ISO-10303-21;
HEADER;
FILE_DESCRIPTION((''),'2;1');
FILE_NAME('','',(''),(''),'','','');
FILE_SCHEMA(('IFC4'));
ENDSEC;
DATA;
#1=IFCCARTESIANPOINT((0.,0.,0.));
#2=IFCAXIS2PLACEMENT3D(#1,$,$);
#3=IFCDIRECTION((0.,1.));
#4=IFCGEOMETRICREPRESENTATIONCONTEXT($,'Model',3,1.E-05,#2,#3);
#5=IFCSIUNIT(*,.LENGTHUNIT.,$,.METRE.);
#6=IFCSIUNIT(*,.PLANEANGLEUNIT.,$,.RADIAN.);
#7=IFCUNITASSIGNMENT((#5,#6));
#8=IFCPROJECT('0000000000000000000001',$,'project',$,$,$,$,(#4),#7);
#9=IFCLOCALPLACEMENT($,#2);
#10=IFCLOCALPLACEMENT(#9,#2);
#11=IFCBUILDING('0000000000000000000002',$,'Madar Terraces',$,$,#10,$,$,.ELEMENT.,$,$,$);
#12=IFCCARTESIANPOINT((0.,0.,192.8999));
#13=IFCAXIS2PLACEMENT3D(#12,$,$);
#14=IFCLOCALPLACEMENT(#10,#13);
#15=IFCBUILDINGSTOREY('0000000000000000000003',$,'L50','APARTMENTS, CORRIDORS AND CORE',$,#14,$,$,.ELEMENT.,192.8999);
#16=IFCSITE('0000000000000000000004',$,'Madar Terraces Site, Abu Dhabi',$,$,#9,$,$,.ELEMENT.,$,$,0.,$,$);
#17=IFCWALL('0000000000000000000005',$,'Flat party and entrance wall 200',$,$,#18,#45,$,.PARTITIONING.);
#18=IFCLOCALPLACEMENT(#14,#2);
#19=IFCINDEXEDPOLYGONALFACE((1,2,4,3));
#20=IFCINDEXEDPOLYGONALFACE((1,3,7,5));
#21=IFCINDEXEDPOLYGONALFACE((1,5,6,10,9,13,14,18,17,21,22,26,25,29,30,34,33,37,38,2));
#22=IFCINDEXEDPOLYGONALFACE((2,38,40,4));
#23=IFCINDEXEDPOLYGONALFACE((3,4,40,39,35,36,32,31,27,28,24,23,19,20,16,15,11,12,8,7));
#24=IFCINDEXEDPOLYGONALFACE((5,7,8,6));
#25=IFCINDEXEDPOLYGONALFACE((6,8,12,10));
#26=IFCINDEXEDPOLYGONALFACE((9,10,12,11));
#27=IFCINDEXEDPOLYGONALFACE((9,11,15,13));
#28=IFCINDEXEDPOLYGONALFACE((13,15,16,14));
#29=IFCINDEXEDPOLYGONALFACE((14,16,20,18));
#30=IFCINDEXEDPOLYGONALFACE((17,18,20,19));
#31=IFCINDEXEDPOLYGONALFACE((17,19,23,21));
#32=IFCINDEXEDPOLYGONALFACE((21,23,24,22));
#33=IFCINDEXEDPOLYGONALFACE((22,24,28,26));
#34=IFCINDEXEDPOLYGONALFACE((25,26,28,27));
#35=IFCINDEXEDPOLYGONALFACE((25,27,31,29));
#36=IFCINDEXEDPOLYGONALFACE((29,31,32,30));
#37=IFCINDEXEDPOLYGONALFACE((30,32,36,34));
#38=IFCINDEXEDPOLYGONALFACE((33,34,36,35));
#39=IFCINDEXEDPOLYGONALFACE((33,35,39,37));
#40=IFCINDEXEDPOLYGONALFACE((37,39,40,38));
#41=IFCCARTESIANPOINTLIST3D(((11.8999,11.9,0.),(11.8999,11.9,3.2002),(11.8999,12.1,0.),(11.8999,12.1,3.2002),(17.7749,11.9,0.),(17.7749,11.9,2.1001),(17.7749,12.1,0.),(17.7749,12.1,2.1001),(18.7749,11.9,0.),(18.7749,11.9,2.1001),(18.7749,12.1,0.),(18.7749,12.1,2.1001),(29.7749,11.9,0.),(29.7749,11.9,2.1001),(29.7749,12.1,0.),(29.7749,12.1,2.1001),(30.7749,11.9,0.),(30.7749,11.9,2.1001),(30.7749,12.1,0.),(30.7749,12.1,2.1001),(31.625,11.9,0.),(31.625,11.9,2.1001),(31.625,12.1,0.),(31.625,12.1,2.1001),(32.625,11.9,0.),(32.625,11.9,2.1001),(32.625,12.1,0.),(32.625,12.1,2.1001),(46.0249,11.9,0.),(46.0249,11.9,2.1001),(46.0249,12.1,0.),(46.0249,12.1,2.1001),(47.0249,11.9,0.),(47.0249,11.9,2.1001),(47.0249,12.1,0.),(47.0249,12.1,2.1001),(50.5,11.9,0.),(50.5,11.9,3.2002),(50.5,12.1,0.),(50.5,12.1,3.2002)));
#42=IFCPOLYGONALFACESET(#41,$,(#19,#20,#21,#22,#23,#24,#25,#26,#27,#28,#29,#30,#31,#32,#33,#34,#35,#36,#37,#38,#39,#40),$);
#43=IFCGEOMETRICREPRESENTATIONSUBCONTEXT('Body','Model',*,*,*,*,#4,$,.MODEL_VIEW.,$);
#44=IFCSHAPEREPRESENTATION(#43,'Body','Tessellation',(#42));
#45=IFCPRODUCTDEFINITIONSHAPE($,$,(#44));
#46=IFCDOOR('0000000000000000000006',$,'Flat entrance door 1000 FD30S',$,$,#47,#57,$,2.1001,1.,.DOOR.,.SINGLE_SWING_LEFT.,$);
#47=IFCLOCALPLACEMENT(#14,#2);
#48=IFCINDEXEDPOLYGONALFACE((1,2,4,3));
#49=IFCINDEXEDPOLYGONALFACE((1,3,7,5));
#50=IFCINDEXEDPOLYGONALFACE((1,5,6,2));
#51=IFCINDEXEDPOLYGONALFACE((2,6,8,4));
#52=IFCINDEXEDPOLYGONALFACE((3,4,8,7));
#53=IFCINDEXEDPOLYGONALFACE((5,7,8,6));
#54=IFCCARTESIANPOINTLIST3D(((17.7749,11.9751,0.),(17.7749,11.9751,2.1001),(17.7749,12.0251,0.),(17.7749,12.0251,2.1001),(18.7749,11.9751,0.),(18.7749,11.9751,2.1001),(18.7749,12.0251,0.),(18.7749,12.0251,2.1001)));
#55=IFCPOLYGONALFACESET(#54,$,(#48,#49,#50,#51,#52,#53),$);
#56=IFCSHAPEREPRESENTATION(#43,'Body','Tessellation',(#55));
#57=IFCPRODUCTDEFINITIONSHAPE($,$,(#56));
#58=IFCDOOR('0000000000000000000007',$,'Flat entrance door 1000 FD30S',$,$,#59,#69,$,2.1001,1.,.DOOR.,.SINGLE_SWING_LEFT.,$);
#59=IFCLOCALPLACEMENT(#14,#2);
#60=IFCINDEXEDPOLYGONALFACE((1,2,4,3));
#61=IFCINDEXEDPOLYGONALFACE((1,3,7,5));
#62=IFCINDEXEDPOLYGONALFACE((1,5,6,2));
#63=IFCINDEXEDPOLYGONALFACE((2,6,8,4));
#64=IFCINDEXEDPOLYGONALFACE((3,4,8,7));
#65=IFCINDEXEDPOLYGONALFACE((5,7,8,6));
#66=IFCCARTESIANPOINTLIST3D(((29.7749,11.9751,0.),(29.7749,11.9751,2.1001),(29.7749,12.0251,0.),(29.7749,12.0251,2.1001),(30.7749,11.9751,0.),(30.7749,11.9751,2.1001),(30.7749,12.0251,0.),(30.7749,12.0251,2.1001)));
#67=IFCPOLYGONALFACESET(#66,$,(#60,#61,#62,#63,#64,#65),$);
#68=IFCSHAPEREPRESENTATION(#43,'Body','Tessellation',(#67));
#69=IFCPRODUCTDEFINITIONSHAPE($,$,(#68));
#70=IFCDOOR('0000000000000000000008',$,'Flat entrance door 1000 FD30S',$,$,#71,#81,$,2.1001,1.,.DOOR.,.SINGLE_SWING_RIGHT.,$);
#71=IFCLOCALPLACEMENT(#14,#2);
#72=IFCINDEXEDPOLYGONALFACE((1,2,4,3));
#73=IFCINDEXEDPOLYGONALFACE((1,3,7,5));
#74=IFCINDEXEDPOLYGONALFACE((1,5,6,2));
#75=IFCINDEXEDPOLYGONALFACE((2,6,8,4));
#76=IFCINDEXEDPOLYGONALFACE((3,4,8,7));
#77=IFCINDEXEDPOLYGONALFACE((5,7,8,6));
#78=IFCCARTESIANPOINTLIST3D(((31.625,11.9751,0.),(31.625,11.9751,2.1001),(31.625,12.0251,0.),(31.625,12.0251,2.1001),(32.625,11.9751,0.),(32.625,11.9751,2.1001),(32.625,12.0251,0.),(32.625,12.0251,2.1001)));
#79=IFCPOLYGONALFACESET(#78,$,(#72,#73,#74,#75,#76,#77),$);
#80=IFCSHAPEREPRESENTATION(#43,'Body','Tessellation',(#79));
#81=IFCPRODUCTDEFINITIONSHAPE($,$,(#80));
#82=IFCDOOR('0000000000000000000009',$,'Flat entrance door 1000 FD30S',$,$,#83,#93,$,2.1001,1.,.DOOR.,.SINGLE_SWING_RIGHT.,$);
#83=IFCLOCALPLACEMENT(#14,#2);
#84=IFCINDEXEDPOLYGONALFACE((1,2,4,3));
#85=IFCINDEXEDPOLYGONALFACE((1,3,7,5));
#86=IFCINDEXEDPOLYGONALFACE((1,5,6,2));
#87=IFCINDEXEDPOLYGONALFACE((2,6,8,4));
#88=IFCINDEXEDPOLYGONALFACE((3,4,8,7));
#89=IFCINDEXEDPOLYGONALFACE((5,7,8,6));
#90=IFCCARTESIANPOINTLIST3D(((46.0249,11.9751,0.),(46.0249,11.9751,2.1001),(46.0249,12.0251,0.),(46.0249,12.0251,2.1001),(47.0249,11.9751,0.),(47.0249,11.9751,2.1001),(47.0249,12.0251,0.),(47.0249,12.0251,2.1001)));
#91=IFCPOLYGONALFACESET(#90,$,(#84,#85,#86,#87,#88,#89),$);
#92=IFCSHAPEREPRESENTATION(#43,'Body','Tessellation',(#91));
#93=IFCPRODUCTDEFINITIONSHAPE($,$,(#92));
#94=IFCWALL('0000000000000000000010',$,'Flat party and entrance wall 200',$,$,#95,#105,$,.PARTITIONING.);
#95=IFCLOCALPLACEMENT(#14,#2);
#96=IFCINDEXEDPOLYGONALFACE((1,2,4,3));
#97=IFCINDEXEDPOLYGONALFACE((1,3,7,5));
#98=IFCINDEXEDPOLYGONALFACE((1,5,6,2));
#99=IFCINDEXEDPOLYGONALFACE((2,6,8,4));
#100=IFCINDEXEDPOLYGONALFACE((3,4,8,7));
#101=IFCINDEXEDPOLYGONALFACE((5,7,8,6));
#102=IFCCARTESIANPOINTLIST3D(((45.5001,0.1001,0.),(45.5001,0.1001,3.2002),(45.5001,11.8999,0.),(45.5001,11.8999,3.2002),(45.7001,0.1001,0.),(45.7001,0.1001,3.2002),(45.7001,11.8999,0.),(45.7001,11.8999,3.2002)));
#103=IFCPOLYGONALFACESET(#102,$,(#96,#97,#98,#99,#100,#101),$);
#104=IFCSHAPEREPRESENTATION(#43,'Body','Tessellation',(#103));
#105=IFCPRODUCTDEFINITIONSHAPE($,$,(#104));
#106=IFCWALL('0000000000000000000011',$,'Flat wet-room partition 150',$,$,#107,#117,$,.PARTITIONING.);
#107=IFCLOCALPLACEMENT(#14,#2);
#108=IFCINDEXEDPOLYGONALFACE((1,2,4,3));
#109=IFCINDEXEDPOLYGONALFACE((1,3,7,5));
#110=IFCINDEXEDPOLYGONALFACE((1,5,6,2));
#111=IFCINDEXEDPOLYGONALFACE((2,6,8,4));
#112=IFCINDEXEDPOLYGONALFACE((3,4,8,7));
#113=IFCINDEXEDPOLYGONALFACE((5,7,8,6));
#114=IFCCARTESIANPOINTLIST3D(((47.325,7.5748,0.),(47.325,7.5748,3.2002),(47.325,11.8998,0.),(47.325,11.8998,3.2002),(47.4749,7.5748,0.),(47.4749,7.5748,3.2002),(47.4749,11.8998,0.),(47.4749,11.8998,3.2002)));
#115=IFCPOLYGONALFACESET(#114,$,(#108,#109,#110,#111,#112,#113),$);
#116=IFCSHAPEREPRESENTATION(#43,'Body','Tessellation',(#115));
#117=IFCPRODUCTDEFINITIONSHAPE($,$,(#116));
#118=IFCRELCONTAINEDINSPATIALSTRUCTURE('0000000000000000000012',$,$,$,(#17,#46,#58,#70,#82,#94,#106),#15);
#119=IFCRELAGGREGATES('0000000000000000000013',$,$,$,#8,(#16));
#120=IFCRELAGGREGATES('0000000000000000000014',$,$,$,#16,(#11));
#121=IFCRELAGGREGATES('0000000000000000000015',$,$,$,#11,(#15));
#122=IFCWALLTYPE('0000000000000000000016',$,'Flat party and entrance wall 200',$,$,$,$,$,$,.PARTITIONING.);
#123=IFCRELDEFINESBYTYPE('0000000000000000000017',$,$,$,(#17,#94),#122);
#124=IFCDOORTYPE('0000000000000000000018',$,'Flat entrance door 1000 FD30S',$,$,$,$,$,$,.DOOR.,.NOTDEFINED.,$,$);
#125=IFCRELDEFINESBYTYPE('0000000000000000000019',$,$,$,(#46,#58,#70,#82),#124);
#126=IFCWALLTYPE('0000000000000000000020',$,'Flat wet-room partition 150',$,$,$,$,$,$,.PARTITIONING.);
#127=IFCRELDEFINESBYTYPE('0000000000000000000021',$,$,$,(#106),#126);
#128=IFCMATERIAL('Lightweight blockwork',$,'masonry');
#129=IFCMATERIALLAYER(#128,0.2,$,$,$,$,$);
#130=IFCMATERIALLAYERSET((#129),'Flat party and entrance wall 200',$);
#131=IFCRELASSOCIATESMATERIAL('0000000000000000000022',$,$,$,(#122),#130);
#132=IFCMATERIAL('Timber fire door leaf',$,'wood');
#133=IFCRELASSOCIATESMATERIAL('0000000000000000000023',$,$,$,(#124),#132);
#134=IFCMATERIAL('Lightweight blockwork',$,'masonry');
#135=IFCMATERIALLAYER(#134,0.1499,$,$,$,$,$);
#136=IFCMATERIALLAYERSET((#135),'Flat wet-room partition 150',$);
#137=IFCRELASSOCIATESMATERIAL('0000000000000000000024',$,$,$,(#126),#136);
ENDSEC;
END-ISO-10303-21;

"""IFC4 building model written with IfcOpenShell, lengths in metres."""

from ifc_helpers import new_model, si_unit, direction, frame, frame_2d, origin, place, context, subcontext, project, spatial, rectangle, extrude, material, layer, layer_set, type_object, element, fill, save


model = new_model("IFC4")

# Units and contexts
model_context = context("Model", 3, precision=1e-05, world=origin(), true_north=direction((0.0, 1.0)))
body_context = subcontext(model_context, "Body", "Model", "MODEL_VIEW")
ifc_project = project(units=[si_unit("LENGTHUNIT", "METRE"), si_unit("PLANEANGLEUNIT", "RADIAN")], contexts=[model_context])

# Site, building, storey
site_placement = place(None, origin())
site = spatial("IfcSite", under=ifc_project, at=site_placement, Name="Madar Terraces Site, Abu Dhabi", CompositionType="ELEMENT", RefElevation=0.0)
building_placement = place(site_placement, origin())
building = spatial("IfcBuilding", under=site, at=building_placement, Name="Madar Terraces", CompositionType="ELEMENT")
storey_placement = place(building_placement, frame((0.0, 0.0, 192.8999)))
storey = spatial("IfcBuildingStorey", under=building, at=storey_placement, Name="L50", Description="APARTMENTS, CORRIDORS AND CORE", CompositionType="ELEMENT", Elevation=192.8999)

# Wall, openings, doors
ifc_material_1 = material(Name="Lightweight blockwork", Category="masonry")
ifc_layer_1 = layer(ifc_material_1, 0.2)
ifc_layer_set_1 = layer_set([ifc_layer_1], Name="Flat party and entrance wall 200")
wall_type_1 = type_object("IfcWallType", Name="Flat party and entrance wall 200", PredefinedType="PARTITIONING", material=ifc_layer_set_1)
wall_1_placement = place(storey_placement, frame((50.5, 12.0, 0.0), z_axis=(0.0, 0.0, 1.0), x_axis=(-1.0, 0.0, 0.0)))
wall_1 = element("IfcWall", 1, at=wall_1_placement, inside=storey, type_object=wall_type_1, Name="Flat party and entrance wall 200", PredefinedType="PARTITIONING", context=body_context, shape_type="SweptSolid", body=[
    extrude(rectangle(XDim=38.6001, YDim=0.2, at=frame_2d((19.3, 0.0))), origin(), (0.0, 0.0, 1.0), 3.2002),
])
opening_1_placement = place(wall_1_placement, frame((31.7251, 0.0, 0.0)))
opening_1 = element("IfcOpeningElement", 2, at=opening_1_placement, cuts=wall_1, PredefinedType="OPENING", context=body_context, shape_type="SweptSolid", body=[
    extrude(rectangle(XDim=1.0, YDim=2.1001, at=frame_2d((0.5, 1.05))), frame((0.0, 0.1099, 0.0), z_axis=(0.0, -1.0, 0.0), x_axis=(1.0, 0.0, 0.0)), (0.0, 0.0, 1.0), 0.22),
])
opening_2_placement = place(wall_1_placement, frame((19.7251, 0.0, 0.0)))
opening_2 = element("IfcOpeningElement", 3, at=opening_2_placement, cuts=wall_1, PredefinedType="OPENING", context=body_context, shape_type="SweptSolid", body=[
    extrude(rectangle(XDim=1.0, YDim=2.1001, at=frame_2d((0.5, 1.05))), frame((0.0, 0.1099, 0.0), z_axis=(0.0, -1.0, 0.0), x_axis=(1.0, 0.0, 0.0)), (0.0, 0.0, 1.0), 0.22),
])
opening_3_placement = place(wall_1_placement, frame((17.875, 0.0, 0.0)))
opening_3 = element("IfcOpeningElement", 4, at=opening_3_placement, cuts=wall_1, PredefinedType="OPENING", context=body_context, shape_type="SweptSolid", body=[
    extrude(rectangle(XDim=1.0, YDim=2.1001, at=frame_2d((0.5, 1.05))), frame((0.0, 0.1099, 0.0), z_axis=(0.0, -1.0, 0.0), x_axis=(1.0, 0.0, 0.0)), (0.0, 0.0, 1.0), 0.22),
])
opening_4_placement = place(wall_1_placement, frame((3.4751, 0.0, 0.0)))
opening_4 = element("IfcOpeningElement", 5, at=opening_4_placement, cuts=wall_1, PredefinedType="OPENING", context=body_context, shape_type="SweptSolid", body=[
    extrude(rectangle(XDim=1.0, YDim=2.1001, at=frame_2d((0.5, 1.05))), frame((0.0, 0.1099, 0.0), z_axis=(0.0, -1.0, 0.0), x_axis=(1.0, 0.0, 0.0)), (0.0, 0.0, 1.0), 0.22),
])
ifc_material_2 = material(Name="Timber fire door leaf", Category="wood")
door_type_1 = type_object("IfcDoorType", Name="Flat entrance door 1000 FD30S", OperationType="NOTDEFINED", PredefinedType="DOOR", material=ifc_material_2)
door_1_placement = place(opening_1_placement, origin())
door_1 = element("IfcDoor", 6, at=door_1_placement, inside=storey, type_object=door_type_1, Name="Flat entrance door 1000 FD30S", OperationType="SINGLE_SWING_LEFT", OverallHeight=2.1001, OverallWidth=1.0, PredefinedType="DOOR", context=body_context, shape_type="SweptSolid", body=[
    extrude(rectangle(XDim=1.0, YDim=2.1001, at=frame_2d((0.5, 1.05))), frame((0.0, 0.0249, 0.0), z_axis=(0.0, -1.0, 0.0), x_axis=(1.0, 0.0, 0.0)), (0.0, 0.0, 1.0), 0.05),
])
fill(opening_1, door_1)
door_2_placement = place(opening_2_placement, origin())
door_2 = element("IfcDoor", 7, at=door_2_placement, inside=storey, type_object=door_type_1, Name="Flat entrance door 1000 FD30S", OperationType="SINGLE_SWING_LEFT", OverallHeight=2.1001, OverallWidth=1.0, PredefinedType="DOOR", context=body_context, shape_type="SweptSolid", body=[
    extrude(rectangle(XDim=1.0, YDim=2.1001, at=frame_2d((0.5, 1.05))), frame((0.0, 0.0249, 0.0), z_axis=(0.0, -1.0, 0.0), x_axis=(1.0, 0.0, 0.0)), (0.0, 0.0, 1.0), 0.05),
])
fill(opening_2, door_2)
door_3_placement = place(opening_3_placement, origin())
door_3 = element("IfcDoor", 8, at=door_3_placement, inside=storey, type_object=door_type_1, Name="Flat entrance door 1000 FD30S", OperationType="SINGLE_SWING_RIGHT", OverallHeight=2.1001, OverallWidth=1.0, PredefinedType="DOOR", context=body_context, shape_type="SweptSolid", body=[
    extrude(rectangle(XDim=1.0, YDim=2.1001, at=frame_2d((0.5, 1.05))), frame((0.0, 0.0249, 0.0), z_axis=(0.0, -1.0, 0.0), x_axis=(1.0, 0.0, 0.0)), (0.0, 0.0, 1.0), 0.05),
])
fill(opening_3, door_3)
door_4_placement = place(opening_4_placement, origin())
door_4 = element("IfcDoor", 9, at=door_4_placement, inside=storey, type_object=door_type_1, Name="Flat entrance door 1000 FD30S", OperationType="SINGLE_SWING_RIGHT", OverallHeight=2.1001, OverallWidth=1.0, PredefinedType="DOOR", context=body_context, shape_type="SweptSolid", body=[
    extrude(rectangle(XDim=1.0, YDim=2.1001, at=frame_2d((0.5, 1.05))), frame((0.0, 0.0249, 0.0), z_axis=(0.0, -1.0, 0.0), x_axis=(1.0, 0.0, 0.0)), (0.0, 0.0, 1.0), 0.05),
])
fill(opening_4, door_4)

# Walls
wall_2_placement = place(storey_placement, frame((45.6001, 11.8999, 0.0), z_axis=(0.0, 0.0, 1.0), x_axis=(0.0, -1.0, 0.0)))
element("IfcWall", 10, at=wall_2_placement, inside=storey, type_object=wall_type_1, Name="Flat party and entrance wall 200", PredefinedType="PARTITIONING", context=body_context, shape_type="SweptSolid", body=[
    extrude(rectangle(XDim=11.7998, YDim=0.2, at=frame_2d((5.8999, 0.0))), origin(), (0.0, 0.0, 1.0), 3.2002),
])
ifc_material_3 = material(Name="Lightweight blockwork", Category="masonry")
ifc_layer_2 = layer(ifc_material_3, 0.1499)
ifc_layer_set_2 = layer_set([ifc_layer_2], Name="Flat wet-room partition 150")
wall_type_2 = type_object("IfcWallType", Name="Flat wet-room partition 150", PredefinedType="PARTITIONING", material=ifc_layer_set_2)
wall_3_placement = place(storey_placement, frame((47.3999, 11.8999, 0.0), z_axis=(0.0, 0.0, 1.0), x_axis=(0.0, -1.0, 0.0)))
element("IfcWall", 11, at=wall_3_placement, inside=storey, type_object=wall_type_2, Name="Flat wet-room partition 150", PredefinedType="PARTITIONING", context=body_context, shape_type="SweptSolid", body=[
    extrude(rectangle(XDim=4.325, YDim=0.1499, at=frame_2d((2.1626, 0.0))), origin(), (0.0, 0.0, 1.0), 3.2002),
])

save(model, "model.ifc")
